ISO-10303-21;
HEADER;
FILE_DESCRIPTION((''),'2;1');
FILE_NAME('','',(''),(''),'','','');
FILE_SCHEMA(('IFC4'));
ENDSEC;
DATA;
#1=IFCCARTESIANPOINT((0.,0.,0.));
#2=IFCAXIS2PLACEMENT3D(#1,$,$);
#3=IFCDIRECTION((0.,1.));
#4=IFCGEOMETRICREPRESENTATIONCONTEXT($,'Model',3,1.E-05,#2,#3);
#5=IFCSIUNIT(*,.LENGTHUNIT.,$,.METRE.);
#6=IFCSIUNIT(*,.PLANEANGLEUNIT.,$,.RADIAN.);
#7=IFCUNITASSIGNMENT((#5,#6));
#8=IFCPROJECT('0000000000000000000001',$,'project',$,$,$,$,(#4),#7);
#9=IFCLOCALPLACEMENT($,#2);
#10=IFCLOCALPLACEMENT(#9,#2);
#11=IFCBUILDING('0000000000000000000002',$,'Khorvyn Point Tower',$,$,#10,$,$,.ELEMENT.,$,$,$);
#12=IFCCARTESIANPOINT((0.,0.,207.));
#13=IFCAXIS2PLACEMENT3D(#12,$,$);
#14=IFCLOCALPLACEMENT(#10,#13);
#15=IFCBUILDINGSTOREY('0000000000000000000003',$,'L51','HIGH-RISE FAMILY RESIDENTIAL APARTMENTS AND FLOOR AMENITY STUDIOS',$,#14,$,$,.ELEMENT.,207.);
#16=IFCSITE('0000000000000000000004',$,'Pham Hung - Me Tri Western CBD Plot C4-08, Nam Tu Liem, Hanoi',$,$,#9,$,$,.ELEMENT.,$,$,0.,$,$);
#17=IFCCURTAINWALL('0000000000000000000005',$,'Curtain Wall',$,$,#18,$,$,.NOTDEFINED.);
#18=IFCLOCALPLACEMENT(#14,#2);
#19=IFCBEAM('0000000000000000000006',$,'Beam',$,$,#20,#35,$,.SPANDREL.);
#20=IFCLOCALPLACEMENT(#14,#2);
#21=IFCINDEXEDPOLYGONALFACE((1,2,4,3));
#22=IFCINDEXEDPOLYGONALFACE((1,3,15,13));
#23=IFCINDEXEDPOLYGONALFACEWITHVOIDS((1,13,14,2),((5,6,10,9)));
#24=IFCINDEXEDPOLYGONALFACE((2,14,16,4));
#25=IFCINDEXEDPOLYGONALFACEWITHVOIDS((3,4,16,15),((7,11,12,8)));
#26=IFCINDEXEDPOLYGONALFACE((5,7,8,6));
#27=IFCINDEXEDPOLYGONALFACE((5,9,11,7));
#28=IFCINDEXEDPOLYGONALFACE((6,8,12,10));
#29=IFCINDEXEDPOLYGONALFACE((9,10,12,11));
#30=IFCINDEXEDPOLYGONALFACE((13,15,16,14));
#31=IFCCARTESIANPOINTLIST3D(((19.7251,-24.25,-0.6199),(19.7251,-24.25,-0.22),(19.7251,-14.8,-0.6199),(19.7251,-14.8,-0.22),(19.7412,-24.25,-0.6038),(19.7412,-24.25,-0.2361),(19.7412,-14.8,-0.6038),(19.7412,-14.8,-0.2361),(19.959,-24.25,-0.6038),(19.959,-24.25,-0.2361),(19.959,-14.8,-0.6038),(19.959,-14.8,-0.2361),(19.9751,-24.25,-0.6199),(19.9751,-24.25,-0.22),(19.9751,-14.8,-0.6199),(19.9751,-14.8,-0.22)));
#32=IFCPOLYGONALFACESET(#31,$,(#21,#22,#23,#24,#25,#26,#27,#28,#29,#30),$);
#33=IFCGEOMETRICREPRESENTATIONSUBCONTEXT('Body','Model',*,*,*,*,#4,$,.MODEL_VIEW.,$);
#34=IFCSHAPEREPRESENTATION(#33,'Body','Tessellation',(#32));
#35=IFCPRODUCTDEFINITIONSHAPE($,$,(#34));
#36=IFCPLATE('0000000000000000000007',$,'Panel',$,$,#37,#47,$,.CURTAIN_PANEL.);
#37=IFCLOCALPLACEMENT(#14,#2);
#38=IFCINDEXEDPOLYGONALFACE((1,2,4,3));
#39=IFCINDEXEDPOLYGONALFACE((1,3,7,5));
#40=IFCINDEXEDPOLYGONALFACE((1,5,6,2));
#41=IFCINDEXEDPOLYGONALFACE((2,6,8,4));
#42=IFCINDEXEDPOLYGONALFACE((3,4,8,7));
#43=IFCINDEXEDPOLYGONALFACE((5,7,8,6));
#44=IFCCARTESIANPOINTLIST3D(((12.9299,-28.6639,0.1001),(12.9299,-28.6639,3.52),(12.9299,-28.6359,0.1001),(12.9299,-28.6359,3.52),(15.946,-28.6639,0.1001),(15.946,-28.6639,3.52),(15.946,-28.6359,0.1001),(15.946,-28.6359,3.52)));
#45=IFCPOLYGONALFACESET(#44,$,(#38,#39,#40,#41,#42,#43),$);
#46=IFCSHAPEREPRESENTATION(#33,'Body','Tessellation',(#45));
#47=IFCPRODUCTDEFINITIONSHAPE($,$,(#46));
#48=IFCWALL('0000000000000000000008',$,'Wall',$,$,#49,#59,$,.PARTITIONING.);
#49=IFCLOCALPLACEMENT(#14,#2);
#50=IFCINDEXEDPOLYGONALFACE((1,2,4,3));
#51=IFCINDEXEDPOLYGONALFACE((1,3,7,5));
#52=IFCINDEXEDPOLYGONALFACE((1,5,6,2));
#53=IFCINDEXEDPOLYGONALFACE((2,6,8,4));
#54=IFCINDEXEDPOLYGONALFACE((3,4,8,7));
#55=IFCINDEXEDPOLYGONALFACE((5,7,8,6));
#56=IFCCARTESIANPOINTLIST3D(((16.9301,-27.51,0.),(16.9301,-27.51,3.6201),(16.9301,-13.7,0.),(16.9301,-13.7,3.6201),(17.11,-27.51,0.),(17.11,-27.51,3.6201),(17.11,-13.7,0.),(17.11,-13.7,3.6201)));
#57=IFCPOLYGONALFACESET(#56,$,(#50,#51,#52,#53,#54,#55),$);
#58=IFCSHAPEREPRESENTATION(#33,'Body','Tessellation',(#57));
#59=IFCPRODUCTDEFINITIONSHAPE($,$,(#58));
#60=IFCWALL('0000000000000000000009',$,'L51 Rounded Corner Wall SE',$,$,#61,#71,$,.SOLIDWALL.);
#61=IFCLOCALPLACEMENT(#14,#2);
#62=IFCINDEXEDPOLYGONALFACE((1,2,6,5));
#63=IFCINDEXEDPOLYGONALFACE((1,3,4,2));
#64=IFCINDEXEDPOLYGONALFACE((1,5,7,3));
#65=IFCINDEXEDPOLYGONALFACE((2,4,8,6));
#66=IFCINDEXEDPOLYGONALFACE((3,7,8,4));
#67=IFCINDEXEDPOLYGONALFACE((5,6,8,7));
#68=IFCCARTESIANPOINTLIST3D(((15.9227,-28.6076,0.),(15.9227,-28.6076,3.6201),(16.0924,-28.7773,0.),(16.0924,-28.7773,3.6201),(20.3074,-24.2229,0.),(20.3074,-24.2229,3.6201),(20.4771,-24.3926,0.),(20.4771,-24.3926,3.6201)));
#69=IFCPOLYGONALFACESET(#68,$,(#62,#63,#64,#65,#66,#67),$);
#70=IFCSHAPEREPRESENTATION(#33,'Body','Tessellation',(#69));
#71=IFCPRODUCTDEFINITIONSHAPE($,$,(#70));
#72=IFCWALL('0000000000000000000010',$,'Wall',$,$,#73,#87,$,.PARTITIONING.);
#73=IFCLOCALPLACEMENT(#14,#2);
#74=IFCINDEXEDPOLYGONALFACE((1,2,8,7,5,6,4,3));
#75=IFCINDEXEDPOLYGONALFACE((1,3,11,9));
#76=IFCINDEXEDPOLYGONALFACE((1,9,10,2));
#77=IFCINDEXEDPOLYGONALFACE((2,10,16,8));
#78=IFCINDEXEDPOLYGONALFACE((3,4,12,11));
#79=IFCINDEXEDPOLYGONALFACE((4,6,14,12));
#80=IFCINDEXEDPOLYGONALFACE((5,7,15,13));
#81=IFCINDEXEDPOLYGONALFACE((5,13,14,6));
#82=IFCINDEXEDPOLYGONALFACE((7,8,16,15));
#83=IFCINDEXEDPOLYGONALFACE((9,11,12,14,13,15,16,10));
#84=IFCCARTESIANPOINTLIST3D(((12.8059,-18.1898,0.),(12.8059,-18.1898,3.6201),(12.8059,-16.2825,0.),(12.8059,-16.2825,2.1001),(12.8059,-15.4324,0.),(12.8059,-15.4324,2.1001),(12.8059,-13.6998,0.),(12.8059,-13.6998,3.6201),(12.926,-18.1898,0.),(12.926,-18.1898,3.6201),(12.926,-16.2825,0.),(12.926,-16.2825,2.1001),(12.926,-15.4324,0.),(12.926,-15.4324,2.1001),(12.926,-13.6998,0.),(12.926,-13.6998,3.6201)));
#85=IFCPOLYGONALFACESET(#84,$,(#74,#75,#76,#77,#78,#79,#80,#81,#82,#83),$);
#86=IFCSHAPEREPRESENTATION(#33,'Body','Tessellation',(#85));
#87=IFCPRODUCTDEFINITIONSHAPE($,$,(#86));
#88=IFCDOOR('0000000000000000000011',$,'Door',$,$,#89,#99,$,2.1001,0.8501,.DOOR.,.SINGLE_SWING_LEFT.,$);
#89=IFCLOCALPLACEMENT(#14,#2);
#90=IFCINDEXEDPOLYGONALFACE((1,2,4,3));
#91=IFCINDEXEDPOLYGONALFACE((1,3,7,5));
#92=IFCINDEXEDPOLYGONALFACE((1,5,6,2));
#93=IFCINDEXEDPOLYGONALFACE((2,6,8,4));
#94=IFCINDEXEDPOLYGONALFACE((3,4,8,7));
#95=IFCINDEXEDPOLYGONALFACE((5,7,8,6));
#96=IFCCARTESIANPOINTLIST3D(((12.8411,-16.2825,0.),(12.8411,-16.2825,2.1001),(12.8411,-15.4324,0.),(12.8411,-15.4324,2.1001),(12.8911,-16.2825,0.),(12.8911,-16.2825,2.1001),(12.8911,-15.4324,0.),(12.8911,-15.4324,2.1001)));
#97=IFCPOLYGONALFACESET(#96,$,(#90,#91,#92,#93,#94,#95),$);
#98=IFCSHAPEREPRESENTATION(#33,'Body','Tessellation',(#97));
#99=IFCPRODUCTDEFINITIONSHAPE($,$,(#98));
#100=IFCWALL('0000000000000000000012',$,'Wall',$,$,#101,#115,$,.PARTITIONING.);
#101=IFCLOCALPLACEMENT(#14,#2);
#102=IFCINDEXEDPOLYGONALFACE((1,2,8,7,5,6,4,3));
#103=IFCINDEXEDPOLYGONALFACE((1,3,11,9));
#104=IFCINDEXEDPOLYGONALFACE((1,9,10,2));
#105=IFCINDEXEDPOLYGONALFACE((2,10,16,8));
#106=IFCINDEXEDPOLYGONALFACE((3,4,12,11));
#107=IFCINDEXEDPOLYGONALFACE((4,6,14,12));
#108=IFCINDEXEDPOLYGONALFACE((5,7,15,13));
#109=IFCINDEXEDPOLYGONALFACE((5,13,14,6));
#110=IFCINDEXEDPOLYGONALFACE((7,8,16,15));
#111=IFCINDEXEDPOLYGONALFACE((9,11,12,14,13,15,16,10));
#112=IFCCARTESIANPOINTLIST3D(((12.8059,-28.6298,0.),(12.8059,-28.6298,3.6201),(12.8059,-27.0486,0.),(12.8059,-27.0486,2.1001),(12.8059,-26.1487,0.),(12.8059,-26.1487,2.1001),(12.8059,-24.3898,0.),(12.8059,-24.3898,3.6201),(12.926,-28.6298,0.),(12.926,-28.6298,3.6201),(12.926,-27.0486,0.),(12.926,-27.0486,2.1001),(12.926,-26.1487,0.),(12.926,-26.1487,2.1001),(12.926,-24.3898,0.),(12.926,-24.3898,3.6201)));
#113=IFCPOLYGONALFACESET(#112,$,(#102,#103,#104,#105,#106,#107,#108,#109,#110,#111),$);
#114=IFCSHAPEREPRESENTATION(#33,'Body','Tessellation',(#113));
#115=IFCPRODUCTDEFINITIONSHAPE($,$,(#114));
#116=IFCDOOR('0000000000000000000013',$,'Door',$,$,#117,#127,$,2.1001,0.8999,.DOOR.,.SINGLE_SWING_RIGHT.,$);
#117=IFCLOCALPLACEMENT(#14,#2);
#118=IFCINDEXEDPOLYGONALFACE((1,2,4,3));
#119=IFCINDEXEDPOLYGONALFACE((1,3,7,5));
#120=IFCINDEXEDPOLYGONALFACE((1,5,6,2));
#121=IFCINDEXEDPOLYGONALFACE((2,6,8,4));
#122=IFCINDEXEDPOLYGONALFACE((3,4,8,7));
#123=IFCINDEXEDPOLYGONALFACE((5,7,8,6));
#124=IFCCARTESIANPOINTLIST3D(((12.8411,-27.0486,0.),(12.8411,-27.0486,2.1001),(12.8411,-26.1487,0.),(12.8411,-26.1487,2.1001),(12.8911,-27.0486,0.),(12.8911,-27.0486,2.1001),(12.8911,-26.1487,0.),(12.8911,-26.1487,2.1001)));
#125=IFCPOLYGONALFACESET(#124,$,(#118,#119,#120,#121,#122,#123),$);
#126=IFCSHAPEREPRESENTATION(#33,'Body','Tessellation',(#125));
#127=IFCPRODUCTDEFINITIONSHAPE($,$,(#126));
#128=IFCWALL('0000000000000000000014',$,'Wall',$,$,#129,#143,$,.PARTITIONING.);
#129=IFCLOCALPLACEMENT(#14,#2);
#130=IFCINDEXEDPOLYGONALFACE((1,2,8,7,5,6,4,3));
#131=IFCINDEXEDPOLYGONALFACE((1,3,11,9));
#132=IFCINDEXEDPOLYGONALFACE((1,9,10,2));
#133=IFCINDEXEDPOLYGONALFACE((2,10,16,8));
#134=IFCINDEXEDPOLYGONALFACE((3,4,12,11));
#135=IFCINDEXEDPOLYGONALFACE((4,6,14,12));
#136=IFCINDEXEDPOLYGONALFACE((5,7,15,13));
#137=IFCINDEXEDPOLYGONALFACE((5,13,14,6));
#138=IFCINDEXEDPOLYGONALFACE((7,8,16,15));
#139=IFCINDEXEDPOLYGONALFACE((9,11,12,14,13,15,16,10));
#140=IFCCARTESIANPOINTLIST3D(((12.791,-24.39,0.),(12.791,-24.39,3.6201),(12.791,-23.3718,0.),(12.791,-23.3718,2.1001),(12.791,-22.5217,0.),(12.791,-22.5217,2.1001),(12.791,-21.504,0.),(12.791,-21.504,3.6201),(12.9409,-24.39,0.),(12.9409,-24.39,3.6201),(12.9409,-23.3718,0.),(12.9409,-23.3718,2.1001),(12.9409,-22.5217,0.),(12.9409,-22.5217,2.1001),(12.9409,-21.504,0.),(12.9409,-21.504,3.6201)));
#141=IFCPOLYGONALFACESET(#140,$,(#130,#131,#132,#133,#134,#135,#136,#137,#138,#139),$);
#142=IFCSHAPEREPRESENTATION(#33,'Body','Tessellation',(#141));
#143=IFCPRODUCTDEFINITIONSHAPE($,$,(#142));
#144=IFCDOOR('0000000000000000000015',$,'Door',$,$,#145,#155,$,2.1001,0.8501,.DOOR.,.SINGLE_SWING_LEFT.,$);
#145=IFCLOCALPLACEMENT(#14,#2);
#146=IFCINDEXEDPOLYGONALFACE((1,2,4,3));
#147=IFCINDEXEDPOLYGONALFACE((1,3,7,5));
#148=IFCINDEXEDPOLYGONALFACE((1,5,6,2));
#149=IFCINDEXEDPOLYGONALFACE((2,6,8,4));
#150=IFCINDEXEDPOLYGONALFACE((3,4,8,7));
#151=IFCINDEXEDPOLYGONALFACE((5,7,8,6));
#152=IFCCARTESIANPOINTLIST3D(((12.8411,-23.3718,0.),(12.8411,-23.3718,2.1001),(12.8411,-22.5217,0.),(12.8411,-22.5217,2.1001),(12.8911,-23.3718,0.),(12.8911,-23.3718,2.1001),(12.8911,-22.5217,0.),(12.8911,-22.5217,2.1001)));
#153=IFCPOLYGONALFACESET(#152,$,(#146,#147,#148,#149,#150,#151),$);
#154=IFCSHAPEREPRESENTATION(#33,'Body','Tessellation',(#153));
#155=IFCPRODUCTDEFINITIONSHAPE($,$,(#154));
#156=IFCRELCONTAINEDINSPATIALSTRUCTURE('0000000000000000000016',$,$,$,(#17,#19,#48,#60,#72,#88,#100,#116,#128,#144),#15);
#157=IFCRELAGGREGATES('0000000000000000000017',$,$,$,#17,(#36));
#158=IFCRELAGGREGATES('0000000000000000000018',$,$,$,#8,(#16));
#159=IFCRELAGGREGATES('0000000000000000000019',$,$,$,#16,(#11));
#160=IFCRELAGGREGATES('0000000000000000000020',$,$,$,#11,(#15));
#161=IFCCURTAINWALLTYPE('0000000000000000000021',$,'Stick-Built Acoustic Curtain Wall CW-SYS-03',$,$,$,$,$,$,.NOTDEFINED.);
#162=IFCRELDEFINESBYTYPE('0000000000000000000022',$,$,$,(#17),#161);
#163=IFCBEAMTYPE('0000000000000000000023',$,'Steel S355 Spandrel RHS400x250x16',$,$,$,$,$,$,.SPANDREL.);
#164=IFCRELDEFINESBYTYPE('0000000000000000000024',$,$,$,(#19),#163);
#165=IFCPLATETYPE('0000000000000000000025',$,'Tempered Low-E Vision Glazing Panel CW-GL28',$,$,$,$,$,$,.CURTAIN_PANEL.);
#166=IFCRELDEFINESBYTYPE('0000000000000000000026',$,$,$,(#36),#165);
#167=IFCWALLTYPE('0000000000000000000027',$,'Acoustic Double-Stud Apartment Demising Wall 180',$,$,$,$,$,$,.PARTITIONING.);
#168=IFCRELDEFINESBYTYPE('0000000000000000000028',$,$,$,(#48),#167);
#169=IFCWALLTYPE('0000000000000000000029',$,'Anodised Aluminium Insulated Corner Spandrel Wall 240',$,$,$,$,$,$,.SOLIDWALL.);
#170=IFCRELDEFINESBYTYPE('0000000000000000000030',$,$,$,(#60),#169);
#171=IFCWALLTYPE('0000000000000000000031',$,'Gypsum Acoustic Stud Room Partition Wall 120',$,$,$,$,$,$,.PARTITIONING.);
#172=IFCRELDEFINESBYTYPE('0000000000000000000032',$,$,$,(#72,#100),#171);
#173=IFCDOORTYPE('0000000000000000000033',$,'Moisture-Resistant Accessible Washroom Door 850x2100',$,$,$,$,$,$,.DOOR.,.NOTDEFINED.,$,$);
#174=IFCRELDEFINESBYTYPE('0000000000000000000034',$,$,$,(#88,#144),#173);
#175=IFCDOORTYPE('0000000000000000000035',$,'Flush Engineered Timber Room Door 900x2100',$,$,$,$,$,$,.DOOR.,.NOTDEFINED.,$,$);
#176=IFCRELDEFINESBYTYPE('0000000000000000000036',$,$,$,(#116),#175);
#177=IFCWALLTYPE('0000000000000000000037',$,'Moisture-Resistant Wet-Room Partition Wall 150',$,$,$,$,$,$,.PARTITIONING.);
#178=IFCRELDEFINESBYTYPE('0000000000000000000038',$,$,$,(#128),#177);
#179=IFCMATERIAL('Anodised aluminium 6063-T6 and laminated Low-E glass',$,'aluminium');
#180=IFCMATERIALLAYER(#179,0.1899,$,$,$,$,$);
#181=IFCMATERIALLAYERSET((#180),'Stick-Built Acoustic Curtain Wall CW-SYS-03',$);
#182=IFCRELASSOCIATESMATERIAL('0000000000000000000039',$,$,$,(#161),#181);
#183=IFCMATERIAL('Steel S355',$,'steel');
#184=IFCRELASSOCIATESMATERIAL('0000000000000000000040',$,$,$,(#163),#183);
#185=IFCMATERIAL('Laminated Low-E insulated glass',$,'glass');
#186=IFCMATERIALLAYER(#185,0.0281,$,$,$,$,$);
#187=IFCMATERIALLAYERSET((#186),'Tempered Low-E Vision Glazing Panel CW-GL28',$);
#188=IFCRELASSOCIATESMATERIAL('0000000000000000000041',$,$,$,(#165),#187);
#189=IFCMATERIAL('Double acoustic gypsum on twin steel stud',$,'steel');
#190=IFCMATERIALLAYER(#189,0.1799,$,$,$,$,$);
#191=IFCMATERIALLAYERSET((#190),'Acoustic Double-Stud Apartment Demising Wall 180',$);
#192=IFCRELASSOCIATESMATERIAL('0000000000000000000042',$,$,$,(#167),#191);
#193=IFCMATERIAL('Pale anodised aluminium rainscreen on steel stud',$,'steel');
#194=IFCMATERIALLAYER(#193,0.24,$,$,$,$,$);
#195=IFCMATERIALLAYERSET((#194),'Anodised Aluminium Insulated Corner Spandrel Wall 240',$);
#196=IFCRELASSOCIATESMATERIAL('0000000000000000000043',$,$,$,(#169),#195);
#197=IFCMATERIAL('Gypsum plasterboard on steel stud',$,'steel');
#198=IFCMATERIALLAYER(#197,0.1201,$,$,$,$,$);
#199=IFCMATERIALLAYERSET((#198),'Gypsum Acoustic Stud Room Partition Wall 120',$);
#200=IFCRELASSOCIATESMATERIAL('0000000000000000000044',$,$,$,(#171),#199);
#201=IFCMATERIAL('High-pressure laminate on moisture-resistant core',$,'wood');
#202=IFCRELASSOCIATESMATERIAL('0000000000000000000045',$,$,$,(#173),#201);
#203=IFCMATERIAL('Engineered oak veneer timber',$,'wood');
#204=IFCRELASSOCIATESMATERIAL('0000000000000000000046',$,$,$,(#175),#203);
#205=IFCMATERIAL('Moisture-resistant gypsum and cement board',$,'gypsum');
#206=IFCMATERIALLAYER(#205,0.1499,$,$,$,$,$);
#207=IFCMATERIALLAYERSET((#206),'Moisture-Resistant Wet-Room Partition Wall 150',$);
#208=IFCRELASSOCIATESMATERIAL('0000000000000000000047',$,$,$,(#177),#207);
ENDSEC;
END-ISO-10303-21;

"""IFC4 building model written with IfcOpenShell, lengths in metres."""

from ifc_helpers import new_model, si_unit, direction, frame, frame_2d, origin, origin_2d, place, context, subcontext, project, spatial, rectangle, hollow_rectangle, extrude, material, layer, layer_set, material_profile, profile_set, type_object, element, fill, aggregate, save


model = new_model("IFC4")

# Units and contexts
model_context = context("Model", 3, precision=1e-05, world=origin(), true_north=direction((0.0, 1.0)))
body_context = subcontext(model_context, "Body", "Model", "MODEL_VIEW")
ifc_project = project(units=[si_unit("LENGTHUNIT", "METRE"), si_unit("PLANEANGLEUNIT", "RADIAN")], contexts=[model_context])

# Site, building, storey
site_placement = place(None, origin())
site = spatial("IfcSite", under=ifc_project, at=site_placement, Name="Pham Hung - Me Tri Western CBD Plot C4-08, Nam Tu Liem, Hanoi", CompositionType="ELEMENT", RefElevation=0.0)
building_placement = place(site_placement, origin())
building = spatial("IfcBuilding", under=site, at=building_placement, Name="Khorvyn Point Tower", CompositionType="ELEMENT")
storey_placement = place(building_placement, frame((0.0, 0.0, 207.0)))
storey = spatial("IfcBuildingStorey", under=building, at=storey_placement, Name="L51", Description="HIGH-RISE FAMILY RESIDENTIAL APARTMENTS AND FLOOR AMENITY STUDIOS", CompositionType="ELEMENT", Elevation=207.0)

# Curtain wall
ifc_material_1 = material(Name="Anodised aluminium 6063-T6 and laminated Low-E glass", Category="aluminium")
ifc_layer_1 = layer(ifc_material_1, 0.1899)
ifc_layer_set_1 = layer_set([ifc_layer_1], Name="Stick-Built Acoustic Curtain Wall CW-SYS-03")
curtain_wall_type = type_object("IfcCurtainWallType", Name="Stick-Built Acoustic Curtain Wall CW-SYS-03", PredefinedType="NOTDEFINED", material=ifc_layer_set_1)
curtain_wall_1_placement = place(storey_placement, origin())
curtain_wall_1 = element("IfcCurtainWall", 1, at=curtain_wall_1_placement, inside=storey, type_object=curtain_wall_type, Name="Curtain Wall", PredefinedType="NOTDEFINED")

# Beam
ifc_material_2 = material(Name="Steel S355", Category="steel")
ifc_material_profile_1 = material_profile(ifc_material_2, hollow_rectangle(XDim=0.25, YDim=0.3999, WallThickness=0.0161, at=origin_2d()))
ifc_profile_set_1 = profile_set([ifc_material_profile_1], Name="Steel S355 RHS400x250x16")
beam_type_1 = type_object("IfcBeamType", Name="Steel S355 Spandrel RHS400x250x16", PredefinedType="SPANDREL", material=ifc_profile_set_1)
beam_1_placement = place(storey_placement, frame((19.8501, -24.25, -0.4199), z_axis=(0.0, 1.0, 0.0), x_axis=(-1.0, 0.0, 0.0)))
element("IfcBeam", 2, at=beam_1_placement, inside=storey, type_object=beam_type_1, Name="Beam", PredefinedType="SPANDREL", context=body_context, shape_type="SweptSolid", body=[
    extrude(hollow_rectangle(XDim=0.25, YDim=0.3999, WallThickness=0.0161, at=origin_2d()), origin(), (0.0, 0.0, 1.0), 9.45),
])

# Plate
ifc_material_3 = material(Name="Laminated Low-E insulated glass", Category="glass")
ifc_layer_2 = layer(ifc_material_3, 0.0281)
ifc_layer_set_2 = layer_set([ifc_layer_2], Name="Tempered Low-E Vision Glazing Panel CW-GL28")
plate_type = type_object("IfcPlateType", Name="Tempered Low-E Vision Glazing Panel CW-GL28", PredefinedType="CURTAIN_PANEL", material=ifc_layer_set_2)
plate_placement = place(storey_placement, frame((14.438, -28.6499, 0.1001), z_axis=(0.0, 0.0, 1.0), x_axis=(-1.0, 0.0, 0.0)))
plate = element("IfcPlate", 3, at=plate_placement, type_object=plate_type, Name="Panel", PredefinedType="CURTAIN_PANEL", context=body_context, shape_type="SweptSolid", body=[
    extrude(rectangle(XDim=3.0161, YDim=0.0281, at=origin_2d()), origin(), (0.0, 0.0, 1.0), 3.4199),
])
aggregate(curtain_wall_1, [plate])

# Walls
ifc_material_4 = material(Name="Double acoustic gypsum on twin steel stud", Category="steel")
ifc_layer_3 = layer(ifc_material_4, 0.1799)
ifc_layer_set_3 = layer_set([ifc_layer_3], Name="Acoustic Double-Stud Apartment Demising Wall 180")
wall_type_1 = type_object("IfcWallType", Name="Acoustic Double-Stud Apartment Demising Wall 180", PredefinedType="PARTITIONING", material=ifc_layer_set_3)
wall_1_placement = place(storey_placement, frame((17.02, -27.51, 0.0), z_axis=(0.0, 0.0, 1.0), x_axis=(0.0, 1.0, 0.0)))
element("IfcWall", 4, at=wall_1_placement, inside=storey, type_object=wall_type_1, Name="Wall", PredefinedType="PARTITIONING", context=body_context, shape_type="SweptSolid", body=[
    extrude(rectangle(XDim=13.8101, YDim=0.1799, at=frame_2d((6.905, 0.0))), origin(), (0.0, 0.0, 1.0), 3.6201),
])
ifc_material_5 = material(Name="Pale anodised aluminium rainscreen on steel stud", Category="steel")
ifc_layer_4 = layer(ifc_material_5, 0.24)
ifc_layer_set_4 = layer_set([ifc_layer_4], Name="Anodised Aluminium Insulated Corner Spandrel Wall 240")
wall_type_2 = type_object("IfcWallType", Name="Anodised Aluminium Insulated Corner Spandrel Wall 240", PredefinedType="SOLIDWALL", material=ifc_layer_set_4)
wall_2_placement = place(storey_placement, frame((20.3923, -24.3076, 0.0), z_axis=(0.0, 0.0, 1.0), x_axis=(-0.707107, -0.707107, 0.0)))
element("IfcWall", 5, at=wall_2_placement, inside=storey, type_object=wall_type_2, Name="L51 Rounded Corner Wall SE", PredefinedType="SOLIDWALL", context=body_context, shape_type="SweptSolid", body=[
    extrude(rectangle(XDim=6.2009, YDim=0.24, at=frame_2d((3.1006, 0.0))), origin(), (0.0, 0.0, 1.0), 3.6201),
])

# Walls, openings, doors
ifc_material_6 = material(Name="Gypsum plasterboard on steel stud", Category="steel")
ifc_layer_5 = layer(ifc_material_6, 0.1201)
ifc_layer_set_5 = layer_set([ifc_layer_5], Name="Gypsum Acoustic Stud Room Partition Wall 120")
wall_type_3 = type_object("IfcWallType", Name="Gypsum Acoustic Stud Room Partition Wall 120", PredefinedType="PARTITIONING", material=ifc_layer_set_5)
wall_3_placement = place(storey_placement, frame((12.866, -18.1899, 0.0), z_axis=(0.0, 0.0, 1.0), x_axis=(0.0, 1.0, 0.0)))
wall_3 = element("IfcWall", 6, at=wall_3_placement, inside=storey, type_object=wall_type_3, Name="Wall", PredefinedType="PARTITIONING", context=body_context, shape_type="SweptSolid", body=[
    extrude(rectangle(XDim=4.49, YDim=0.1201, at=frame_2d((2.2451, 0.0))), origin(), (0.0, 0.0, 1.0), 3.6201),
])
opening_1_placement = place(wall_3_placement, frame((1.9075, 0.0, 0.0)))
opening_1 = element("IfcOpeningElement", 7, at=opening_1_placement, cuts=wall_3, PredefinedType="OPENING", context=body_context, shape_type="SweptSolid", body=[
    extrude(rectangle(XDim=0.8501, YDim=2.1001, at=frame_2d((0.425, 1.05))), frame((0.0, 0.0701, 0.0), z_axis=(0.0, -1.0, 0.0), x_axis=(1.0, 0.0, 0.0)), (0.0, 0.0, 1.0), 0.1401),
])
ifc_material_7 = material(Name="High-pressure laminate on moisture-resistant core", Category="wood")
door_type_1 = type_object("IfcDoorType", Name="Moisture-Resistant Accessible Washroom Door 850x2100", OperationType="NOTDEFINED", PredefinedType="DOOR", material=ifc_material_7)
door_1_placement = place(opening_1_placement, origin())
door_1 = element("IfcDoor", 8, at=door_1_placement, inside=storey, type_object=door_type_1, Name="Door", OperationType="SINGLE_SWING_LEFT", OverallHeight=2.1001, OverallWidth=0.8501, PredefinedType="DOOR", context=body_context, shape_type="SweptSolid", body=[
    extrude(rectangle(XDim=0.8501, YDim=2.1001, at=frame_2d((0.425, 1.05))), frame((0.0, 0.0249, 0.0), z_axis=(0.0, -1.0, 0.0), x_axis=(1.0, 0.0, 0.0)), (0.0, 0.0, 1.0), 0.05),
])
fill(opening_1, door_1)
wall_4_placement = place(storey_placement, frame((12.866, -28.6299, 0.0), z_axis=(0.0, 0.0, 1.0), x_axis=(0.0, 1.0, 0.0)))
wall_4 = element("IfcWall", 9, at=wall_4_placement, inside=storey, type_object=wall_type_3, Name="Wall", PredefinedType="PARTITIONING", context=body_context, shape_type="SweptSolid", body=[
    extrude(rectangle(XDim=4.24, YDim=0.1201, at=frame_2d((2.1201, 0.0))), origin(), (0.0, 0.0, 1.0), 3.6201),
])
opening_2_placement = place(wall_4_placement, frame((1.5813, 0.0, 0.0)))
opening_2 = element("IfcOpeningElement", 10, at=opening_2_placement, cuts=wall_4, PredefinedType="OPENING", context=body_context, shape_type="SweptSolid", body=[
    extrude(rectangle(XDim=0.8999, YDim=2.1001, at=frame_2d((0.45, 1.05))), frame((0.0, 0.0701, 0.0), z_axis=(0.0, -1.0, 0.0), x_axis=(1.0, 0.0, 0.0)), (0.0, 0.0, 1.0), 0.1401),
])
ifc_material_8 = material(Name="Engineered oak veneer timber", Category="wood")
door_type_2 = type_object("IfcDoorType", Name="Flush Engineered Timber Room Door 900x2100", OperationType="NOTDEFINED", PredefinedType="DOOR", material=ifc_material_8)
door_2_placement = place(opening_2_placement, origin())
door_2 = element("IfcDoor", 11, at=door_2_placement, inside=storey, type_object=door_type_2, Name="Door", OperationType="SINGLE_SWING_RIGHT", OverallHeight=2.1001, OverallWidth=0.8999, PredefinedType="DOOR", context=body_context, shape_type="SweptSolid", body=[
    extrude(rectangle(XDim=0.8999, YDim=2.1001, at=frame_2d((0.45, 1.05))), frame((0.0, 0.0249, 0.0), z_axis=(0.0, -1.0, 0.0), x_axis=(1.0, 0.0, 0.0)), (0.0, 0.0, 1.0), 0.05),
])
fill(opening_2, door_2)
ifc_material_9 = material(Name="Moisture-resistant gypsum and cement board", Category="gypsum")
ifc_layer_6 = layer(ifc_material_9, 0.1499)
ifc_layer_set_6 = layer_set([ifc_layer_6], Name="Moisture-Resistant Wet-Room Partition Wall 150")
wall_type_4 = type_object("IfcWallType", Name="Moisture-Resistant Wet-Room Partition Wall 150", PredefinedType="PARTITIONING", material=ifc_layer_set_6)
wall_5_placement = place(storey_placement, frame((12.866, -24.3899, 0.0), z_axis=(0.0, 0.0, 1.0), x_axis=(0.0, 1.0, 0.0)))
wall_5 = element("IfcWall", 12, at=wall_5_placement, inside=storey, type_object=wall_type_4, Name="Wall", PredefinedType="PARTITIONING", context=body_context, shape_type="SweptSolid", body=[
    extrude(rectangle(XDim=2.886, YDim=0.1499, at=frame_2d((1.4429, 0.0))), origin(), (0.0, 0.0, 1.0), 3.6201),
])
opening_3_placement = place(wall_5_placement, frame((1.0181, 0.0, 0.0)))
opening_3 = element("IfcOpeningElement", 13, at=opening_3_placement, cuts=wall_5, PredefinedType="OPENING", context=body_context, shape_type="SweptSolid", body=[
    extrude(rectangle(XDim=0.8501, YDim=2.1001, at=frame_2d((0.425, 1.05))), frame((0.0, 0.085, 0.0), z_axis=(0.0, -1.0, 0.0), x_axis=(1.0, 0.0, 0.0)), (0.0, 0.0, 1.0), 0.1699),
])
door_3_placement = place(opening_3_placement, origin())
door_3 = element("IfcDoor", 14, at=door_3_placement, inside=storey, type_object=door_type_1, Name="Door", OperationType="SINGLE_SWING_LEFT", OverallHeight=2.1001, OverallWidth=0.8501, PredefinedType="DOOR", context=body_context, shape_type="SweptSolid", body=[
    extrude(rectangle(XDim=0.8501, YDim=2.1001, at=frame_2d((0.425, 1.05))), frame((0.0, 0.0249, 0.0), z_axis=(0.0, -1.0, 0.0), x_axis=(1.0, 0.0, 0.0)), (0.0, 0.0, 1.0), 0.05),
])
fill(opening_3, door_3)

save(model, "model.ifc")
